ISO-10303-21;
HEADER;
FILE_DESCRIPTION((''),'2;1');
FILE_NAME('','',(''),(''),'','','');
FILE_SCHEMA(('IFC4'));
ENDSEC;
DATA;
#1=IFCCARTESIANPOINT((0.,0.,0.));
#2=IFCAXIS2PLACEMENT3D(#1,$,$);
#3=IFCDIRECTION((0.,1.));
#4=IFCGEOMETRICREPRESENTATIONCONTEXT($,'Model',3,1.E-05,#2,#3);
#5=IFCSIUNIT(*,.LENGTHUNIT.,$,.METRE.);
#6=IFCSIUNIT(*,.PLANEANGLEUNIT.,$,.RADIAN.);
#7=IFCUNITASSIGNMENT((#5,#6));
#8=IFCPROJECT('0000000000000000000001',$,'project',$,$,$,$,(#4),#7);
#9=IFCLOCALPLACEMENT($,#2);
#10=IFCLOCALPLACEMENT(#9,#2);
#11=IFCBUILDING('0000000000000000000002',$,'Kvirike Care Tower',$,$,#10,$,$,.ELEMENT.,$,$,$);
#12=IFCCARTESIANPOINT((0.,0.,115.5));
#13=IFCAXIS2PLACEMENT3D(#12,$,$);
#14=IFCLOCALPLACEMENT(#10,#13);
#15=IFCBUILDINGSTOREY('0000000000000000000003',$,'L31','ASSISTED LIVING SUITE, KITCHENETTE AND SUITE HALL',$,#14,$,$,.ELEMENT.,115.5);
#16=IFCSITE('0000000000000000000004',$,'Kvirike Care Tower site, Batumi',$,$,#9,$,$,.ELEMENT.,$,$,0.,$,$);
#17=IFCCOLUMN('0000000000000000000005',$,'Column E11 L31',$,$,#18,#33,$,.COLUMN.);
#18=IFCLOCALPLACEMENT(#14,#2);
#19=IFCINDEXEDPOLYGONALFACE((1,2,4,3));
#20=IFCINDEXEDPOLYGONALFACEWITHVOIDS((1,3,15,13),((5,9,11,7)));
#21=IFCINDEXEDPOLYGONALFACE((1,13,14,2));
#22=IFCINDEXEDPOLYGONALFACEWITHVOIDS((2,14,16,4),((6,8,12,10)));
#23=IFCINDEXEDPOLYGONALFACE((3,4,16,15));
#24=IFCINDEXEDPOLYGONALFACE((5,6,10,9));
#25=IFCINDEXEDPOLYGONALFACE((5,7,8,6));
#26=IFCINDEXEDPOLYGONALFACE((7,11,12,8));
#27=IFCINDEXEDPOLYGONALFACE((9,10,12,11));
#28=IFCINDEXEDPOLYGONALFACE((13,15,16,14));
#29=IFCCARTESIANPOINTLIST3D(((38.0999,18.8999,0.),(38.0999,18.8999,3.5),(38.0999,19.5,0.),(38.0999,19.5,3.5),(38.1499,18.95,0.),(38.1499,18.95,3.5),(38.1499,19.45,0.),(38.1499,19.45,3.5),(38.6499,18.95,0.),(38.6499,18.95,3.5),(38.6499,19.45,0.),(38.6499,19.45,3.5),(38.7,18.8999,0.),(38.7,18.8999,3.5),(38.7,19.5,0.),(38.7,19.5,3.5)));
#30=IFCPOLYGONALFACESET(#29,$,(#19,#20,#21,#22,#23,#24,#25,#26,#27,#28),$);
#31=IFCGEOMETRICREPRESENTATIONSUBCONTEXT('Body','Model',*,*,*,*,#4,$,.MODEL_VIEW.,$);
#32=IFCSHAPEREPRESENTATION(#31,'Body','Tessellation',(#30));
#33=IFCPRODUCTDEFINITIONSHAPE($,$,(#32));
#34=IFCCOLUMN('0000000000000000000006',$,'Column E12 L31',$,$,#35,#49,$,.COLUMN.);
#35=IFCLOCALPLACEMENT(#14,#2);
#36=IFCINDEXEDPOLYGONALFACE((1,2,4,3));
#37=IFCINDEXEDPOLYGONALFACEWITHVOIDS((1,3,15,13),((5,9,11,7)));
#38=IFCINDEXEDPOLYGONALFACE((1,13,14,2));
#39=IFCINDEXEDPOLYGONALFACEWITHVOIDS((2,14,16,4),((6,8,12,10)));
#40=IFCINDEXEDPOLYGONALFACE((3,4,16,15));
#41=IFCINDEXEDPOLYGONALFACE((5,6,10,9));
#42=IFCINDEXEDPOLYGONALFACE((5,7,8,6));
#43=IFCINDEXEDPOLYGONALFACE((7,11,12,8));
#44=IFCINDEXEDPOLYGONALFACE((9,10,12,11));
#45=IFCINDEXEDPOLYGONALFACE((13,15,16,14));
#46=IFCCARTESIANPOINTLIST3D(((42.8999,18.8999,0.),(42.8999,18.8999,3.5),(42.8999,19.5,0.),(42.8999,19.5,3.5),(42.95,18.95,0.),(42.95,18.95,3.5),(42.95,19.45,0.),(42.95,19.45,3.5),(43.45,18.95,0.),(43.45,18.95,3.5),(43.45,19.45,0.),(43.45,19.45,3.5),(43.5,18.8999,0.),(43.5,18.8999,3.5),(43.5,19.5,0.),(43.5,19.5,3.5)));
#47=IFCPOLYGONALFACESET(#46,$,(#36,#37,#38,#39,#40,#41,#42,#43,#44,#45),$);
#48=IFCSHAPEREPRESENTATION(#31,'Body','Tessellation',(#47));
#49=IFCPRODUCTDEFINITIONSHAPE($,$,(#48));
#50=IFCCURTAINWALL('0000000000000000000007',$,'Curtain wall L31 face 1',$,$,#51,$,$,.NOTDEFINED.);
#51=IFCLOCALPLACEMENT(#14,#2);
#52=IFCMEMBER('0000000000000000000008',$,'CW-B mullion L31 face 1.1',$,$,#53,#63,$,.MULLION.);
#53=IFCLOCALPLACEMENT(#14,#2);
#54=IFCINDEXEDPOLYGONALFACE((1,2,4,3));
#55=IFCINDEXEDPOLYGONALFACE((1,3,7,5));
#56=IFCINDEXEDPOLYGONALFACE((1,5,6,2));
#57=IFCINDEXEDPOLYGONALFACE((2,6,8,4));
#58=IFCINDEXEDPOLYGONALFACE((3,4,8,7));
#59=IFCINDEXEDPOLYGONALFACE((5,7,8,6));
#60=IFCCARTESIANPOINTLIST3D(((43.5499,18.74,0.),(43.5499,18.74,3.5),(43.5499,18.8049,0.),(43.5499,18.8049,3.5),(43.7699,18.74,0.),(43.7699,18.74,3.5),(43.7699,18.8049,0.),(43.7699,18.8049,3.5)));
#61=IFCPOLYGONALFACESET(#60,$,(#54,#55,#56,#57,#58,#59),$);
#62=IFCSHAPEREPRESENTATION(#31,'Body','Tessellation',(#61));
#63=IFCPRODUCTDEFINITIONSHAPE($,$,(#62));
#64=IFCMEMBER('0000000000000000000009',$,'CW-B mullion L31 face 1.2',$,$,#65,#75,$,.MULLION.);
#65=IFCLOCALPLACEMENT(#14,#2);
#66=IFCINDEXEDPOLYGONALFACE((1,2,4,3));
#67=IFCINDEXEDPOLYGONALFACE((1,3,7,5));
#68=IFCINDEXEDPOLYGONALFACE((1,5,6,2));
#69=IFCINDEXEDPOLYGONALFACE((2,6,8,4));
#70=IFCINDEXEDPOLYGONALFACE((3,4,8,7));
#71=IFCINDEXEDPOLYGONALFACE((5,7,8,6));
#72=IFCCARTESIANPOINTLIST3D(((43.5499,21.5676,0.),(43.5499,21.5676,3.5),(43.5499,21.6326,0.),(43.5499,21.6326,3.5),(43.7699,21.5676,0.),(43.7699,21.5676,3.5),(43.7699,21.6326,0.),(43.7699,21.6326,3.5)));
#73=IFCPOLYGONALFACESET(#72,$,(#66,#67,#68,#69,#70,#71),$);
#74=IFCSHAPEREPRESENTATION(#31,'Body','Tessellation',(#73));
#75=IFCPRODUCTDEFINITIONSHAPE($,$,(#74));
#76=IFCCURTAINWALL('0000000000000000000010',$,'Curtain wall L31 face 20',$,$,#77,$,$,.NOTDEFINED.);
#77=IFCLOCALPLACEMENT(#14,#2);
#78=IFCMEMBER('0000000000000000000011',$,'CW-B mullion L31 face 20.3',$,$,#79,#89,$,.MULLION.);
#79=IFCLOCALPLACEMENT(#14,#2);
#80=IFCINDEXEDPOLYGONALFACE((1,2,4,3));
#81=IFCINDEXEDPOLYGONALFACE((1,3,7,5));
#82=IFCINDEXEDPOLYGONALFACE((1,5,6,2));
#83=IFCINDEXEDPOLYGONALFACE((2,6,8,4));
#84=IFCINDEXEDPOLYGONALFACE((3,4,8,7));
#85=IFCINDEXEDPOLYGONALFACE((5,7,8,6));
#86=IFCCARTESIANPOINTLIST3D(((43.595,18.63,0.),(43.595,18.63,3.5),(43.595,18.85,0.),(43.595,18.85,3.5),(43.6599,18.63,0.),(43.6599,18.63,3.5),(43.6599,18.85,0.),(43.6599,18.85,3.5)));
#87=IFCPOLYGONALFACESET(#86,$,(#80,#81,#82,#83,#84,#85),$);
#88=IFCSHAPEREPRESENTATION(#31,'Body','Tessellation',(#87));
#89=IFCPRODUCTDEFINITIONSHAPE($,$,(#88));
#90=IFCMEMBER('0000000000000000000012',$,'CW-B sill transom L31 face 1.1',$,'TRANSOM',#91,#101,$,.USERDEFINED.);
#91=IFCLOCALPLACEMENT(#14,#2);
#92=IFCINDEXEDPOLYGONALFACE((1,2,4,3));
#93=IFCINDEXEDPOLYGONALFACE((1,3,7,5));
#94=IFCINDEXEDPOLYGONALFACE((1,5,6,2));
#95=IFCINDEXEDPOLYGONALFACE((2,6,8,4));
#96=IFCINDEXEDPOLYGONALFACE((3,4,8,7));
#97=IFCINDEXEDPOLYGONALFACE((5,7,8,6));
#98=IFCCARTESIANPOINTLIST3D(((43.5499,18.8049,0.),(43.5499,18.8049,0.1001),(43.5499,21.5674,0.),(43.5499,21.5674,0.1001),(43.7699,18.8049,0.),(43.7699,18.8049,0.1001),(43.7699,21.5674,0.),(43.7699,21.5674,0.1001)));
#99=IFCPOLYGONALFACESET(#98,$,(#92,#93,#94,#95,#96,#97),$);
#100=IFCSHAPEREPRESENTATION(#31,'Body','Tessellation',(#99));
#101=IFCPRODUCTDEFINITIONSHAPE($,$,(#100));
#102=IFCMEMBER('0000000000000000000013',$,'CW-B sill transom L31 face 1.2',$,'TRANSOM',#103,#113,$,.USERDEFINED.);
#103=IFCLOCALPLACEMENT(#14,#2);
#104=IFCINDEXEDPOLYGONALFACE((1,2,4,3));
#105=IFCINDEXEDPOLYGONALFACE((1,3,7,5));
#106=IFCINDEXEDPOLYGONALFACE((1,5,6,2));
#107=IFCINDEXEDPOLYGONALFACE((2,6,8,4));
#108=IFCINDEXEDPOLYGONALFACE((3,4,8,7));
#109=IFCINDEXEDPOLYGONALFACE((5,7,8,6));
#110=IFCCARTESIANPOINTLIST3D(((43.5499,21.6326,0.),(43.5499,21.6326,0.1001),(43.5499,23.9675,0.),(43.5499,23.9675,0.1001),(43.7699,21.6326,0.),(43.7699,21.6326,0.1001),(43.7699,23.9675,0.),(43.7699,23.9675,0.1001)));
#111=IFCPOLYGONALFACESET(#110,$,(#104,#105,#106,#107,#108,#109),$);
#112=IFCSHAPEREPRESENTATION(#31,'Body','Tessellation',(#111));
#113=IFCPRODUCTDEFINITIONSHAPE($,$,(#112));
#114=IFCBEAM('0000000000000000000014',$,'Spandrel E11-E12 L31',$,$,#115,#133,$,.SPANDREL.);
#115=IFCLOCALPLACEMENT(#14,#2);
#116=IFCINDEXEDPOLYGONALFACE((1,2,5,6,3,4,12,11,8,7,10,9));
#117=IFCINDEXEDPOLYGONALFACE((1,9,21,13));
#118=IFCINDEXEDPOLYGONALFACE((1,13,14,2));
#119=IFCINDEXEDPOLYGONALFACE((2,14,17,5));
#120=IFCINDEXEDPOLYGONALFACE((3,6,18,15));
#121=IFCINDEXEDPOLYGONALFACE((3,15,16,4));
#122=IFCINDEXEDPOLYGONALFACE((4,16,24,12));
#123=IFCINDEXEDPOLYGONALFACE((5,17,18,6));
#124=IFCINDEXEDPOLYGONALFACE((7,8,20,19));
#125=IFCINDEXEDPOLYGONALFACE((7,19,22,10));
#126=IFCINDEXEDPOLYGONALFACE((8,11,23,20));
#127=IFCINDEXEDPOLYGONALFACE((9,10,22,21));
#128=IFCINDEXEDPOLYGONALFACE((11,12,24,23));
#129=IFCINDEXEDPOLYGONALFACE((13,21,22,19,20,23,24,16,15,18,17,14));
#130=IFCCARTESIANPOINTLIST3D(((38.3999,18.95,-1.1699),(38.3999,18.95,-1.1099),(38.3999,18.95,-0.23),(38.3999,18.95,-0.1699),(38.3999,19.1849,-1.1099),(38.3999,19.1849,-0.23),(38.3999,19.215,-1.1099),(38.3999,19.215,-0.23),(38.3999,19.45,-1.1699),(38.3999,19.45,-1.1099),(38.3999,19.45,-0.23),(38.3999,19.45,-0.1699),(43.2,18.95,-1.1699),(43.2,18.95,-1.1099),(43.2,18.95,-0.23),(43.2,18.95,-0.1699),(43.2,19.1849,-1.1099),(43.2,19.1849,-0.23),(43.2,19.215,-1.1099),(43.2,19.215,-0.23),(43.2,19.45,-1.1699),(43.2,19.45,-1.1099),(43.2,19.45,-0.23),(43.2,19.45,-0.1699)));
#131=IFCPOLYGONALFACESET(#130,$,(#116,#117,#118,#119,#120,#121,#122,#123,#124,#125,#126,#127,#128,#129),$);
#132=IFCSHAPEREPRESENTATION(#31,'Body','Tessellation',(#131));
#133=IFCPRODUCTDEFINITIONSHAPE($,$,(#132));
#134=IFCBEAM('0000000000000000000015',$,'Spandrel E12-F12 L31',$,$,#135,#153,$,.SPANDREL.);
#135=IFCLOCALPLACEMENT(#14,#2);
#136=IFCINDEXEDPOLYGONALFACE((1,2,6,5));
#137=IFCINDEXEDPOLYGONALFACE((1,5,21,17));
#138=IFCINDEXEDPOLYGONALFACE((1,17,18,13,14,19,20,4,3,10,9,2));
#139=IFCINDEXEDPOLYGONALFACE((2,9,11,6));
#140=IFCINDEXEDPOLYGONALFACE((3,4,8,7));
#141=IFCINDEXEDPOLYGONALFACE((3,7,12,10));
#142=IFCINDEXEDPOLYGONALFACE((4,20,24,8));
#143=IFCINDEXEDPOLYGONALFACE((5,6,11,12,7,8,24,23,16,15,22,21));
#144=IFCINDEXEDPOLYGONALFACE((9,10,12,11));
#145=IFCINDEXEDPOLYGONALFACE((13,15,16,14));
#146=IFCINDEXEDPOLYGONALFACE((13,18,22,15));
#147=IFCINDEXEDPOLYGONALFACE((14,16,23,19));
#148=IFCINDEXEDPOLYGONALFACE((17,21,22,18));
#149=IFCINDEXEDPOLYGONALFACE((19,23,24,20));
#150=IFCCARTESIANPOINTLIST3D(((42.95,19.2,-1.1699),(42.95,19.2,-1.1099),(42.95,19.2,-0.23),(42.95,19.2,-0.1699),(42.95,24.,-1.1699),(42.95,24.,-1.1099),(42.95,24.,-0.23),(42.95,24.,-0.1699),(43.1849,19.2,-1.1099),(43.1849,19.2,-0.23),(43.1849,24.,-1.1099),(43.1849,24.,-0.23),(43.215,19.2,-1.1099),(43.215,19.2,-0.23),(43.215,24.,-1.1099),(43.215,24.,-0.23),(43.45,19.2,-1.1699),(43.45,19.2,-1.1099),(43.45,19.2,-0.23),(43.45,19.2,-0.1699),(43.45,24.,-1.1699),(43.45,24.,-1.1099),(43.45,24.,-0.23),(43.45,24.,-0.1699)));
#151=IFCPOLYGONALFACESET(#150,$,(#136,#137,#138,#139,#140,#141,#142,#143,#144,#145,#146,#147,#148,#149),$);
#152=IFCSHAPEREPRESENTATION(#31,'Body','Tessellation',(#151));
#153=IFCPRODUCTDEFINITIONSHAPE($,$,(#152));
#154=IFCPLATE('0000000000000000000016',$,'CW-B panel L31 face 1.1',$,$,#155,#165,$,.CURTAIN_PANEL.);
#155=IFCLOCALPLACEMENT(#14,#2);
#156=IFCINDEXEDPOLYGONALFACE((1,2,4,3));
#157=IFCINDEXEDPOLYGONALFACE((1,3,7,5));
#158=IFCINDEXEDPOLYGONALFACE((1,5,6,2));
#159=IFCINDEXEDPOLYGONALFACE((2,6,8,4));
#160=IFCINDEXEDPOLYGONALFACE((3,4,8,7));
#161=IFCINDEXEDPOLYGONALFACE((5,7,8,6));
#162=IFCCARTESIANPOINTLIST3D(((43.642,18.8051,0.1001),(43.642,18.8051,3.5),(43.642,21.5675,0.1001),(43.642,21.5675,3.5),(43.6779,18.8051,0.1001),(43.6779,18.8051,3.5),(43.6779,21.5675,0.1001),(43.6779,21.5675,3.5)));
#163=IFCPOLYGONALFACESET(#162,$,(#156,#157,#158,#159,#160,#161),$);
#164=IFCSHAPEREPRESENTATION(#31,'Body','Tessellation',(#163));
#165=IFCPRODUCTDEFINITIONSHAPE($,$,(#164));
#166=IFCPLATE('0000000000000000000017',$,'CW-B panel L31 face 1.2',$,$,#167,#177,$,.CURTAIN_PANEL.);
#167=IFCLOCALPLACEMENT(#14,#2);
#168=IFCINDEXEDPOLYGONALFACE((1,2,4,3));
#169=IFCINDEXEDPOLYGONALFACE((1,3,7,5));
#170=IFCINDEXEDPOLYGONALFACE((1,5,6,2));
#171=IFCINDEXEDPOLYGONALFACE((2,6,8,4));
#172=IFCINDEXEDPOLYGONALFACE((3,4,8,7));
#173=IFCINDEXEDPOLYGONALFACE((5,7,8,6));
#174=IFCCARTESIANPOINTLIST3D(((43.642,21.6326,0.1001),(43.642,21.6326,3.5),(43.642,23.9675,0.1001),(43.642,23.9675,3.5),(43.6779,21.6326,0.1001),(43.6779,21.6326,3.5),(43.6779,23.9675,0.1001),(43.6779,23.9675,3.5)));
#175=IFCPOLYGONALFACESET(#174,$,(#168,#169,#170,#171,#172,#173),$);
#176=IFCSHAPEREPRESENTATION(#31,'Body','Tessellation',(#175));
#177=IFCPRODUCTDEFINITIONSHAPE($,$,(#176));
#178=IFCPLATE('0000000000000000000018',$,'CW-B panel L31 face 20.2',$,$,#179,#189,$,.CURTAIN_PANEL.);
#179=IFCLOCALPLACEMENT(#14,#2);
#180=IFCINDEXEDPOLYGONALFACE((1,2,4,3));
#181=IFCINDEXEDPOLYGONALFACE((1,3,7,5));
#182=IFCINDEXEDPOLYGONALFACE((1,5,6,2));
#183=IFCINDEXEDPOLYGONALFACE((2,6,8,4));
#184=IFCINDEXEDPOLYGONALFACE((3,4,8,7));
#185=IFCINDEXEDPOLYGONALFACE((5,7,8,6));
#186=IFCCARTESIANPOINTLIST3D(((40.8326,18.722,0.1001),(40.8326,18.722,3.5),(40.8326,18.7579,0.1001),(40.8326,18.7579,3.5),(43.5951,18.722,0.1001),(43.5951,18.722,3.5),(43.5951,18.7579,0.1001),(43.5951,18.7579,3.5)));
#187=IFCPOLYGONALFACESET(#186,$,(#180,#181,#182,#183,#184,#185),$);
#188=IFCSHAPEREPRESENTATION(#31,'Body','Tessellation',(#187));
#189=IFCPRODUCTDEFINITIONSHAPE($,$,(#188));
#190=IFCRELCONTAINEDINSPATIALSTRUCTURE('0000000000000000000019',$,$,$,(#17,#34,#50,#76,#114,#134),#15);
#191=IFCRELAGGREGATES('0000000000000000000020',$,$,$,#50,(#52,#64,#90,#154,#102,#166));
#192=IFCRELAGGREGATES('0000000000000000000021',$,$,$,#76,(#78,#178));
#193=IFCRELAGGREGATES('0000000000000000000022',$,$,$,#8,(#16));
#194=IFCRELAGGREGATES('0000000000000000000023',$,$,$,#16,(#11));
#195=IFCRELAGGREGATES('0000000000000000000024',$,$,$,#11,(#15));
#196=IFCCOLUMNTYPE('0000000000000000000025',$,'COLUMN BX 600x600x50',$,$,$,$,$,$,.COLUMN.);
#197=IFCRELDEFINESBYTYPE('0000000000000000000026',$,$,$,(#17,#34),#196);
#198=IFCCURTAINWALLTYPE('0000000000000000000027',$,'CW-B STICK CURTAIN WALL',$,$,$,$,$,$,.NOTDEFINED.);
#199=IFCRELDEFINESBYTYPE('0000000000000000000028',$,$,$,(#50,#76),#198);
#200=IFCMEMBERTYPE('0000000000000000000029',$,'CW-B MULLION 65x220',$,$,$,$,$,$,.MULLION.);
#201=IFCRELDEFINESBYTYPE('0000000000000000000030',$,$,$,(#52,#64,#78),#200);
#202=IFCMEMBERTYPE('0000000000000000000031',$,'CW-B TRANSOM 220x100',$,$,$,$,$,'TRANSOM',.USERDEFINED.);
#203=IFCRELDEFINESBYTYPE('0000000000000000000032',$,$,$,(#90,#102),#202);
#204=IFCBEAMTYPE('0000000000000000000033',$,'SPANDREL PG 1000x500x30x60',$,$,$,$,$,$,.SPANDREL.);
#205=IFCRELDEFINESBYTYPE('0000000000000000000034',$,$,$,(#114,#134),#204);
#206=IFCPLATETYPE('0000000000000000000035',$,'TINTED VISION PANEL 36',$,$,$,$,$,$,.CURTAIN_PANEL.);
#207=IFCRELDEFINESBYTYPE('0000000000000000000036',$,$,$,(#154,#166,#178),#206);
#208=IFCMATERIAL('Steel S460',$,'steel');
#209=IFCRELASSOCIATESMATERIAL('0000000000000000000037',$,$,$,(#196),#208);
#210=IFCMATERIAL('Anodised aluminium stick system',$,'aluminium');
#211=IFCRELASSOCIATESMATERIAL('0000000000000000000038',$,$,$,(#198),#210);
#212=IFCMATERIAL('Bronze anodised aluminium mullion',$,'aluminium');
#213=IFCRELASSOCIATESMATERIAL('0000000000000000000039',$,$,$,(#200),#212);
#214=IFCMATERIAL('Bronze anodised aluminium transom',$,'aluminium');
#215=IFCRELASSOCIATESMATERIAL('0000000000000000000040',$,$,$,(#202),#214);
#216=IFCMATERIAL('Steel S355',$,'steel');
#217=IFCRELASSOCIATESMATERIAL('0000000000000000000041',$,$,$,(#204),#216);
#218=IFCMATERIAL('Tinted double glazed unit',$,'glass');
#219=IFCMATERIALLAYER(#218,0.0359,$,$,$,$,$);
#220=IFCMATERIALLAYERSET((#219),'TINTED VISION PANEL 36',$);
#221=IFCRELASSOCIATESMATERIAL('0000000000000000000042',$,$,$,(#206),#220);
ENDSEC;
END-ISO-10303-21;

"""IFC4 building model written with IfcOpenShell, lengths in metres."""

from ifc_helpers import new_model, si_unit, direction, frame, origin, origin_2d, place, context, subcontext, project, spatial, rectangle, hollow_rectangle, i_section, extrude, material, layer, layer_set, material_profile, profile_set, type_object, element, aggregate, save


model = new_model("IFC4")

# Units and contexts
model_context = context("Model", 3, precision=1e-05, world=origin(), true_north=direction((0.0, 1.0)))
body_context = subcontext(model_context, "Body", "Model", "MODEL_VIEW")
ifc_project = project(units=[si_unit("LENGTHUNIT", "METRE"), si_unit("PLANEANGLEUNIT", "RADIAN")], contexts=[model_context])

# Site, building, storey
site_placement = place(None, origin())
site = spatial("IfcSite", under=ifc_project, at=site_placement, Name="Kvirike Care Tower site, Batumi", CompositionType="ELEMENT", RefElevation=0.0)
building_placement = place(site_placement, origin())
building = spatial("IfcBuilding", under=site, at=building_placement, Name="Kvirike Care Tower", CompositionType="ELEMENT")
storey_placement = place(building_placement, frame((0.0, 0.0, 115.5)))
storey = spatial("IfcBuildingStorey", under=building, at=storey_placement, Name="L31", Description="ASSISTED LIVING SUITE, KITCHENETTE AND SUITE HALL", CompositionType="ELEMENT", Elevation=115.5)

# Columns
ifc_material_1 = material(Name="Steel S460", Category="steel")
ifc_material_profile_1 = material_profile(ifc_material_1, hollow_rectangle(XDim=0.6001, YDim=0.6001, WallThickness=0.05, at=origin_2d()), Name="BX 600x600x50")
ifc_profile_set_1 = profile_set([ifc_material_profile_1], Name="Steel S460")
column_type = type_object("IfcColumnType", Name="COLUMN BX 600x600x50", PredefinedType="COLUMN", material=ifc_profile_set_1)
for number, where, z_axis, x_axis, name in (
    (1, (38.3999, 19.2, 0.0), (0.0, 0.0, 1.0), (0.0, 1.0, 0.0), "Column E11 L31"),
    (2, (43.2, 19.2, 0.0), (0.0, 0.0, 1.0), (0.0, 1.0, 0.0), "Column E12 L31"),
):
    element("IfcColumn", number, at=place(storey_placement, frame(where, z_axis=z_axis, x_axis=x_axis)), inside=storey, type_object=column_type, Name=name, PredefinedType="COLUMN", context=body_context, shape_type="SweptSolid", body=[
        extrude(hollow_rectangle(XDim=0.6001, YDim=0.6001, WallThickness=0.05, at=origin_2d()), origin(), (0.0, 0.0, 1.0), 3.5),
    ])

# Curtain wall, members
ifc_material_2 = material(Name="Anodised aluminium stick system", Category="aluminium")
curtain_wall_type = type_object("IfcCurtainWallType", Name="CW-B STICK CURTAIN WALL", PredefinedType="NOTDEFINED", material=ifc_material_2)
curtain_wall_1_placement = place(storey_placement, origin())
curtain_wall_1 = element("IfcCurtainWall", 3, at=curtain_wall_1_placement, inside=storey, type_object=curtain_wall_type, Name="Curtain wall L31 face 1", PredefinedType="NOTDEFINED")
ifc_material_3 = material(Name="Bronze anodised aluminium mullion", Category="aluminium")
ifc_material_profile_2 = material_profile(ifc_material_3, rectangle(XDim=0.0649, YDim=0.22, at=origin_2d()), Name="CW-B MULLION 65x220")
ifc_profile_set_2 = profile_set([ifc_material_profile_2], Name="Bronze anodised aluminium mullion")
member_type_1 = type_object("IfcMemberType", Name="CW-B MULLION 65x220", PredefinedType="MULLION", material=ifc_profile_set_2)
member_1_placement = place(storey_placement, frame((43.6599, 18.7725, 0.0), z_axis=(0.0, 0.0, 1.0), x_axis=(0.0, 1.0, 0.0)))
member_1 = element("IfcMember", 4, at=member_1_placement, type_object=member_type_1, Name="CW-B mullion L31 face 1.1", PredefinedType="MULLION", context=body_context, shape_type="SweptSolid", body=[
    extrude(rectangle(XDim=0.0649, YDim=0.22, at=origin_2d()), origin(), (0.0, 0.0, 1.0), 3.5),
])
member_2_placement = place(storey_placement, frame((43.6599, 21.6001, 0.0), z_axis=(0.0, 0.0, 1.0), x_axis=(0.0, 1.0, 0.0)))
member_2 = element("IfcMember", 5, at=member_2_placement, type_object=member_type_1, Name="CW-B mullion L31 face 1.2", PredefinedType="MULLION", context=body_context, shape_type="SweptSolid", body=[
    extrude(rectangle(XDim=0.0649, YDim=0.22, at=origin_2d()), origin(), (0.0, 0.0, 1.0), 3.5),
])

# Curtain wall, member
curtain_wall_2_placement = place(storey_placement, origin())
curtain_wall_2 = element("IfcCurtainWall", 6, at=curtain_wall_2_placement, inside=storey, type_object=curtain_wall_type, Name="Curtain wall L31 face 20", PredefinedType="NOTDEFINED")
member_3_placement = place(storey_placement, frame((43.6274, 18.74, 0.0), z_axis=(0.0, 0.0, 1.0), x_axis=(1.0, 0.0, 0.0)))
member_3 = element("IfcMember", 7, at=member_3_placement, type_object=member_type_1, Name="CW-B mullion L31 face 20.3", PredefinedType="MULLION", context=body_context, shape_type="SweptSolid", body=[
    extrude(rectangle(XDim=0.0649, YDim=0.22, at=origin_2d()), origin(), (0.0, 0.0, 1.0), 3.5),
])

# Members
ifc_material_4 = material(Name="Bronze anodised aluminium transom", Category="aluminium")
ifc_material_profile_3 = material_profile(ifc_material_4, rectangle(XDim=0.22, YDim=0.1001, at=origin_2d()), Name="CW-B TRANSOM 220x100")
ifc_profile_set_3 = profile_set([ifc_material_profile_3], Name="Bronze anodised aluminium transom")
member_type_2 = type_object("IfcMemberType", Name="CW-B TRANSOM 220x100", ElementType="TRANSOM", PredefinedType="USERDEFINED", material=ifc_profile_set_3)
member_4_placement = place(storey_placement, frame((43.6599, 18.8049, 0.05), z_axis=(0.0, 1.0, 0.0), x_axis=(-1.0, 0.0, 0.0)))
member_4 = element("IfcMember", 8, at=member_4_placement, type_object=member_type_2, Name="CW-B sill transom L31 face 1.1", ObjectType="TRANSOM", PredefinedType="USERDEFINED", context=body_context, shape_type="SweptSolid", body=[
    extrude(rectangle(XDim=0.22, YDim=0.1001, at=origin_2d()), origin(), (0.0, 0.0, 1.0), 2.7625),
])
member_5_placement = place(storey_placement, frame((43.6599, 21.6326, 0.05), z_axis=(0.0, 1.0, 0.0), x_axis=(-1.0, 0.0, 0.0)))
member_5 = element("IfcMember", 9, at=member_5_placement, type_object=member_type_2, Name="CW-B sill transom L31 face 1.2", ObjectType="TRANSOM", PredefinedType="USERDEFINED", context=body_context, shape_type="SweptSolid", body=[
    extrude(rectangle(XDim=0.22, YDim=0.1001, at=origin_2d()), origin(), (0.0, 0.0, 1.0), 2.335),
])

# Beams
ifc_material_5 = material(Name="Steel S355", Category="steel")
ifc_material_profile_4 = material_profile(ifc_material_5, i_section(OverallWidth=0.5, OverallDepth=1.0, WebThickness=0.03, FlangeThickness=0.0601, at=origin_2d()), Name="PG 1000x500x30x60")
ifc_profile_set_4 = profile_set([ifc_material_profile_4], Name="Steel S355")
beam_type = type_object("IfcBeamType", Name="SPANDREL PG 1000x500x30x60", PredefinedType="SPANDREL", material=ifc_profile_set_4)
for number, where, z_axis, x_axis, name in (
    (10, (38.3999, 19.2, -0.6699), (1.0, 0.0, 0.0), (0.0, 1.0, 0.0), "Spandrel E11-E12 L31"),
    (11, (43.2, 19.2, -0.6699), (0.0, 1.0, 0.0), (-1.0, 0.0, 0.0), "Spandrel E12-F12 L31"),
):
    element("IfcBeam", number, at=place(storey_placement, frame(where, z_axis=z_axis, x_axis=x_axis)), inside=storey, type_object=beam_type, Name=name, PredefinedType="SPANDREL", context=body_context, shape_type="SweptSolid", body=[
        extrude(i_section(OverallWidth=0.5, OverallDepth=1.0, WebThickness=0.03, FlangeThickness=0.0601, at=origin_2d()), origin(), (0.0, 0.0, 1.0), 4.8),
    ])

# Plates
ifc_material_6 = material(Name="Tinted double glazed unit", Category="glass")
ifc_layer_1 = layer(ifc_material_6, 0.0359)
ifc_layer_set_1 = layer_set([ifc_layer_1], Name="TINTED VISION PANEL 36")
plate_type = type_object("IfcPlateType", Name="TINTED VISION PANEL 36", PredefinedType="CURTAIN_PANEL", material=ifc_layer_set_1)
plate_1_placement = place(storey_placement, frame((43.6599, 20.1863, 0.1001), z_axis=(0.0, 0.0, 1.0), x_axis=(0.0, 1.0, 0.0)))
plate_1 = element("IfcPlate", 12, at=plate_1_placement, type_object=plate_type, Name="CW-B panel L31 face 1.1", PredefinedType="CURTAIN_PANEL", context=body_context, shape_type="SweptSolid", body=[
    extrude(rectangle(XDim=2.7625, YDim=0.0359, at=origin_2d()), origin(), (0.0, 0.0, 1.0), 3.3999),
])
plate_2_placement = place(storey_placement, frame((43.6599, 22.8, 0.1001), z_axis=(0.0, 0.0, 1.0), x_axis=(0.0, 1.0, 0.0)))
plate_2 = element("IfcPlate", 13, at=plate_2_placement, type_object=plate_type, Name="CW-B panel L31 face 1.2", PredefinedType="CURTAIN_PANEL", context=body_context, shape_type="SweptSolid", body=[
    extrude(rectangle(XDim=2.335, YDim=0.0359, at=origin_2d()), origin(), (0.0, 0.0, 1.0), 3.3999),
])
aggregate(curtain_wall_1, [member_1, member_2, member_4, plate_1, member_5, plate_2])
plate_3_placement = place(storey_placement, frame((42.2139, 18.74, 0.1001), z_axis=(0.0, 0.0, 1.0), x_axis=(1.0, 0.0, 0.0)))
plate_3 = element("IfcPlate", 14, at=plate_3_placement, type_object=plate_type, Name="CW-B panel L31 face 20.2", PredefinedType="CURTAIN_PANEL", context=body_context, shape_type="SweptSolid", body=[
    extrude(rectangle(XDim=2.7625, YDim=0.0359, at=origin_2d()), origin(), (0.0, 0.0, 1.0), 3.3999),
])
aggregate(curtain_wall_2, [member_3, plate_3])

save(model, "model.ifc")
